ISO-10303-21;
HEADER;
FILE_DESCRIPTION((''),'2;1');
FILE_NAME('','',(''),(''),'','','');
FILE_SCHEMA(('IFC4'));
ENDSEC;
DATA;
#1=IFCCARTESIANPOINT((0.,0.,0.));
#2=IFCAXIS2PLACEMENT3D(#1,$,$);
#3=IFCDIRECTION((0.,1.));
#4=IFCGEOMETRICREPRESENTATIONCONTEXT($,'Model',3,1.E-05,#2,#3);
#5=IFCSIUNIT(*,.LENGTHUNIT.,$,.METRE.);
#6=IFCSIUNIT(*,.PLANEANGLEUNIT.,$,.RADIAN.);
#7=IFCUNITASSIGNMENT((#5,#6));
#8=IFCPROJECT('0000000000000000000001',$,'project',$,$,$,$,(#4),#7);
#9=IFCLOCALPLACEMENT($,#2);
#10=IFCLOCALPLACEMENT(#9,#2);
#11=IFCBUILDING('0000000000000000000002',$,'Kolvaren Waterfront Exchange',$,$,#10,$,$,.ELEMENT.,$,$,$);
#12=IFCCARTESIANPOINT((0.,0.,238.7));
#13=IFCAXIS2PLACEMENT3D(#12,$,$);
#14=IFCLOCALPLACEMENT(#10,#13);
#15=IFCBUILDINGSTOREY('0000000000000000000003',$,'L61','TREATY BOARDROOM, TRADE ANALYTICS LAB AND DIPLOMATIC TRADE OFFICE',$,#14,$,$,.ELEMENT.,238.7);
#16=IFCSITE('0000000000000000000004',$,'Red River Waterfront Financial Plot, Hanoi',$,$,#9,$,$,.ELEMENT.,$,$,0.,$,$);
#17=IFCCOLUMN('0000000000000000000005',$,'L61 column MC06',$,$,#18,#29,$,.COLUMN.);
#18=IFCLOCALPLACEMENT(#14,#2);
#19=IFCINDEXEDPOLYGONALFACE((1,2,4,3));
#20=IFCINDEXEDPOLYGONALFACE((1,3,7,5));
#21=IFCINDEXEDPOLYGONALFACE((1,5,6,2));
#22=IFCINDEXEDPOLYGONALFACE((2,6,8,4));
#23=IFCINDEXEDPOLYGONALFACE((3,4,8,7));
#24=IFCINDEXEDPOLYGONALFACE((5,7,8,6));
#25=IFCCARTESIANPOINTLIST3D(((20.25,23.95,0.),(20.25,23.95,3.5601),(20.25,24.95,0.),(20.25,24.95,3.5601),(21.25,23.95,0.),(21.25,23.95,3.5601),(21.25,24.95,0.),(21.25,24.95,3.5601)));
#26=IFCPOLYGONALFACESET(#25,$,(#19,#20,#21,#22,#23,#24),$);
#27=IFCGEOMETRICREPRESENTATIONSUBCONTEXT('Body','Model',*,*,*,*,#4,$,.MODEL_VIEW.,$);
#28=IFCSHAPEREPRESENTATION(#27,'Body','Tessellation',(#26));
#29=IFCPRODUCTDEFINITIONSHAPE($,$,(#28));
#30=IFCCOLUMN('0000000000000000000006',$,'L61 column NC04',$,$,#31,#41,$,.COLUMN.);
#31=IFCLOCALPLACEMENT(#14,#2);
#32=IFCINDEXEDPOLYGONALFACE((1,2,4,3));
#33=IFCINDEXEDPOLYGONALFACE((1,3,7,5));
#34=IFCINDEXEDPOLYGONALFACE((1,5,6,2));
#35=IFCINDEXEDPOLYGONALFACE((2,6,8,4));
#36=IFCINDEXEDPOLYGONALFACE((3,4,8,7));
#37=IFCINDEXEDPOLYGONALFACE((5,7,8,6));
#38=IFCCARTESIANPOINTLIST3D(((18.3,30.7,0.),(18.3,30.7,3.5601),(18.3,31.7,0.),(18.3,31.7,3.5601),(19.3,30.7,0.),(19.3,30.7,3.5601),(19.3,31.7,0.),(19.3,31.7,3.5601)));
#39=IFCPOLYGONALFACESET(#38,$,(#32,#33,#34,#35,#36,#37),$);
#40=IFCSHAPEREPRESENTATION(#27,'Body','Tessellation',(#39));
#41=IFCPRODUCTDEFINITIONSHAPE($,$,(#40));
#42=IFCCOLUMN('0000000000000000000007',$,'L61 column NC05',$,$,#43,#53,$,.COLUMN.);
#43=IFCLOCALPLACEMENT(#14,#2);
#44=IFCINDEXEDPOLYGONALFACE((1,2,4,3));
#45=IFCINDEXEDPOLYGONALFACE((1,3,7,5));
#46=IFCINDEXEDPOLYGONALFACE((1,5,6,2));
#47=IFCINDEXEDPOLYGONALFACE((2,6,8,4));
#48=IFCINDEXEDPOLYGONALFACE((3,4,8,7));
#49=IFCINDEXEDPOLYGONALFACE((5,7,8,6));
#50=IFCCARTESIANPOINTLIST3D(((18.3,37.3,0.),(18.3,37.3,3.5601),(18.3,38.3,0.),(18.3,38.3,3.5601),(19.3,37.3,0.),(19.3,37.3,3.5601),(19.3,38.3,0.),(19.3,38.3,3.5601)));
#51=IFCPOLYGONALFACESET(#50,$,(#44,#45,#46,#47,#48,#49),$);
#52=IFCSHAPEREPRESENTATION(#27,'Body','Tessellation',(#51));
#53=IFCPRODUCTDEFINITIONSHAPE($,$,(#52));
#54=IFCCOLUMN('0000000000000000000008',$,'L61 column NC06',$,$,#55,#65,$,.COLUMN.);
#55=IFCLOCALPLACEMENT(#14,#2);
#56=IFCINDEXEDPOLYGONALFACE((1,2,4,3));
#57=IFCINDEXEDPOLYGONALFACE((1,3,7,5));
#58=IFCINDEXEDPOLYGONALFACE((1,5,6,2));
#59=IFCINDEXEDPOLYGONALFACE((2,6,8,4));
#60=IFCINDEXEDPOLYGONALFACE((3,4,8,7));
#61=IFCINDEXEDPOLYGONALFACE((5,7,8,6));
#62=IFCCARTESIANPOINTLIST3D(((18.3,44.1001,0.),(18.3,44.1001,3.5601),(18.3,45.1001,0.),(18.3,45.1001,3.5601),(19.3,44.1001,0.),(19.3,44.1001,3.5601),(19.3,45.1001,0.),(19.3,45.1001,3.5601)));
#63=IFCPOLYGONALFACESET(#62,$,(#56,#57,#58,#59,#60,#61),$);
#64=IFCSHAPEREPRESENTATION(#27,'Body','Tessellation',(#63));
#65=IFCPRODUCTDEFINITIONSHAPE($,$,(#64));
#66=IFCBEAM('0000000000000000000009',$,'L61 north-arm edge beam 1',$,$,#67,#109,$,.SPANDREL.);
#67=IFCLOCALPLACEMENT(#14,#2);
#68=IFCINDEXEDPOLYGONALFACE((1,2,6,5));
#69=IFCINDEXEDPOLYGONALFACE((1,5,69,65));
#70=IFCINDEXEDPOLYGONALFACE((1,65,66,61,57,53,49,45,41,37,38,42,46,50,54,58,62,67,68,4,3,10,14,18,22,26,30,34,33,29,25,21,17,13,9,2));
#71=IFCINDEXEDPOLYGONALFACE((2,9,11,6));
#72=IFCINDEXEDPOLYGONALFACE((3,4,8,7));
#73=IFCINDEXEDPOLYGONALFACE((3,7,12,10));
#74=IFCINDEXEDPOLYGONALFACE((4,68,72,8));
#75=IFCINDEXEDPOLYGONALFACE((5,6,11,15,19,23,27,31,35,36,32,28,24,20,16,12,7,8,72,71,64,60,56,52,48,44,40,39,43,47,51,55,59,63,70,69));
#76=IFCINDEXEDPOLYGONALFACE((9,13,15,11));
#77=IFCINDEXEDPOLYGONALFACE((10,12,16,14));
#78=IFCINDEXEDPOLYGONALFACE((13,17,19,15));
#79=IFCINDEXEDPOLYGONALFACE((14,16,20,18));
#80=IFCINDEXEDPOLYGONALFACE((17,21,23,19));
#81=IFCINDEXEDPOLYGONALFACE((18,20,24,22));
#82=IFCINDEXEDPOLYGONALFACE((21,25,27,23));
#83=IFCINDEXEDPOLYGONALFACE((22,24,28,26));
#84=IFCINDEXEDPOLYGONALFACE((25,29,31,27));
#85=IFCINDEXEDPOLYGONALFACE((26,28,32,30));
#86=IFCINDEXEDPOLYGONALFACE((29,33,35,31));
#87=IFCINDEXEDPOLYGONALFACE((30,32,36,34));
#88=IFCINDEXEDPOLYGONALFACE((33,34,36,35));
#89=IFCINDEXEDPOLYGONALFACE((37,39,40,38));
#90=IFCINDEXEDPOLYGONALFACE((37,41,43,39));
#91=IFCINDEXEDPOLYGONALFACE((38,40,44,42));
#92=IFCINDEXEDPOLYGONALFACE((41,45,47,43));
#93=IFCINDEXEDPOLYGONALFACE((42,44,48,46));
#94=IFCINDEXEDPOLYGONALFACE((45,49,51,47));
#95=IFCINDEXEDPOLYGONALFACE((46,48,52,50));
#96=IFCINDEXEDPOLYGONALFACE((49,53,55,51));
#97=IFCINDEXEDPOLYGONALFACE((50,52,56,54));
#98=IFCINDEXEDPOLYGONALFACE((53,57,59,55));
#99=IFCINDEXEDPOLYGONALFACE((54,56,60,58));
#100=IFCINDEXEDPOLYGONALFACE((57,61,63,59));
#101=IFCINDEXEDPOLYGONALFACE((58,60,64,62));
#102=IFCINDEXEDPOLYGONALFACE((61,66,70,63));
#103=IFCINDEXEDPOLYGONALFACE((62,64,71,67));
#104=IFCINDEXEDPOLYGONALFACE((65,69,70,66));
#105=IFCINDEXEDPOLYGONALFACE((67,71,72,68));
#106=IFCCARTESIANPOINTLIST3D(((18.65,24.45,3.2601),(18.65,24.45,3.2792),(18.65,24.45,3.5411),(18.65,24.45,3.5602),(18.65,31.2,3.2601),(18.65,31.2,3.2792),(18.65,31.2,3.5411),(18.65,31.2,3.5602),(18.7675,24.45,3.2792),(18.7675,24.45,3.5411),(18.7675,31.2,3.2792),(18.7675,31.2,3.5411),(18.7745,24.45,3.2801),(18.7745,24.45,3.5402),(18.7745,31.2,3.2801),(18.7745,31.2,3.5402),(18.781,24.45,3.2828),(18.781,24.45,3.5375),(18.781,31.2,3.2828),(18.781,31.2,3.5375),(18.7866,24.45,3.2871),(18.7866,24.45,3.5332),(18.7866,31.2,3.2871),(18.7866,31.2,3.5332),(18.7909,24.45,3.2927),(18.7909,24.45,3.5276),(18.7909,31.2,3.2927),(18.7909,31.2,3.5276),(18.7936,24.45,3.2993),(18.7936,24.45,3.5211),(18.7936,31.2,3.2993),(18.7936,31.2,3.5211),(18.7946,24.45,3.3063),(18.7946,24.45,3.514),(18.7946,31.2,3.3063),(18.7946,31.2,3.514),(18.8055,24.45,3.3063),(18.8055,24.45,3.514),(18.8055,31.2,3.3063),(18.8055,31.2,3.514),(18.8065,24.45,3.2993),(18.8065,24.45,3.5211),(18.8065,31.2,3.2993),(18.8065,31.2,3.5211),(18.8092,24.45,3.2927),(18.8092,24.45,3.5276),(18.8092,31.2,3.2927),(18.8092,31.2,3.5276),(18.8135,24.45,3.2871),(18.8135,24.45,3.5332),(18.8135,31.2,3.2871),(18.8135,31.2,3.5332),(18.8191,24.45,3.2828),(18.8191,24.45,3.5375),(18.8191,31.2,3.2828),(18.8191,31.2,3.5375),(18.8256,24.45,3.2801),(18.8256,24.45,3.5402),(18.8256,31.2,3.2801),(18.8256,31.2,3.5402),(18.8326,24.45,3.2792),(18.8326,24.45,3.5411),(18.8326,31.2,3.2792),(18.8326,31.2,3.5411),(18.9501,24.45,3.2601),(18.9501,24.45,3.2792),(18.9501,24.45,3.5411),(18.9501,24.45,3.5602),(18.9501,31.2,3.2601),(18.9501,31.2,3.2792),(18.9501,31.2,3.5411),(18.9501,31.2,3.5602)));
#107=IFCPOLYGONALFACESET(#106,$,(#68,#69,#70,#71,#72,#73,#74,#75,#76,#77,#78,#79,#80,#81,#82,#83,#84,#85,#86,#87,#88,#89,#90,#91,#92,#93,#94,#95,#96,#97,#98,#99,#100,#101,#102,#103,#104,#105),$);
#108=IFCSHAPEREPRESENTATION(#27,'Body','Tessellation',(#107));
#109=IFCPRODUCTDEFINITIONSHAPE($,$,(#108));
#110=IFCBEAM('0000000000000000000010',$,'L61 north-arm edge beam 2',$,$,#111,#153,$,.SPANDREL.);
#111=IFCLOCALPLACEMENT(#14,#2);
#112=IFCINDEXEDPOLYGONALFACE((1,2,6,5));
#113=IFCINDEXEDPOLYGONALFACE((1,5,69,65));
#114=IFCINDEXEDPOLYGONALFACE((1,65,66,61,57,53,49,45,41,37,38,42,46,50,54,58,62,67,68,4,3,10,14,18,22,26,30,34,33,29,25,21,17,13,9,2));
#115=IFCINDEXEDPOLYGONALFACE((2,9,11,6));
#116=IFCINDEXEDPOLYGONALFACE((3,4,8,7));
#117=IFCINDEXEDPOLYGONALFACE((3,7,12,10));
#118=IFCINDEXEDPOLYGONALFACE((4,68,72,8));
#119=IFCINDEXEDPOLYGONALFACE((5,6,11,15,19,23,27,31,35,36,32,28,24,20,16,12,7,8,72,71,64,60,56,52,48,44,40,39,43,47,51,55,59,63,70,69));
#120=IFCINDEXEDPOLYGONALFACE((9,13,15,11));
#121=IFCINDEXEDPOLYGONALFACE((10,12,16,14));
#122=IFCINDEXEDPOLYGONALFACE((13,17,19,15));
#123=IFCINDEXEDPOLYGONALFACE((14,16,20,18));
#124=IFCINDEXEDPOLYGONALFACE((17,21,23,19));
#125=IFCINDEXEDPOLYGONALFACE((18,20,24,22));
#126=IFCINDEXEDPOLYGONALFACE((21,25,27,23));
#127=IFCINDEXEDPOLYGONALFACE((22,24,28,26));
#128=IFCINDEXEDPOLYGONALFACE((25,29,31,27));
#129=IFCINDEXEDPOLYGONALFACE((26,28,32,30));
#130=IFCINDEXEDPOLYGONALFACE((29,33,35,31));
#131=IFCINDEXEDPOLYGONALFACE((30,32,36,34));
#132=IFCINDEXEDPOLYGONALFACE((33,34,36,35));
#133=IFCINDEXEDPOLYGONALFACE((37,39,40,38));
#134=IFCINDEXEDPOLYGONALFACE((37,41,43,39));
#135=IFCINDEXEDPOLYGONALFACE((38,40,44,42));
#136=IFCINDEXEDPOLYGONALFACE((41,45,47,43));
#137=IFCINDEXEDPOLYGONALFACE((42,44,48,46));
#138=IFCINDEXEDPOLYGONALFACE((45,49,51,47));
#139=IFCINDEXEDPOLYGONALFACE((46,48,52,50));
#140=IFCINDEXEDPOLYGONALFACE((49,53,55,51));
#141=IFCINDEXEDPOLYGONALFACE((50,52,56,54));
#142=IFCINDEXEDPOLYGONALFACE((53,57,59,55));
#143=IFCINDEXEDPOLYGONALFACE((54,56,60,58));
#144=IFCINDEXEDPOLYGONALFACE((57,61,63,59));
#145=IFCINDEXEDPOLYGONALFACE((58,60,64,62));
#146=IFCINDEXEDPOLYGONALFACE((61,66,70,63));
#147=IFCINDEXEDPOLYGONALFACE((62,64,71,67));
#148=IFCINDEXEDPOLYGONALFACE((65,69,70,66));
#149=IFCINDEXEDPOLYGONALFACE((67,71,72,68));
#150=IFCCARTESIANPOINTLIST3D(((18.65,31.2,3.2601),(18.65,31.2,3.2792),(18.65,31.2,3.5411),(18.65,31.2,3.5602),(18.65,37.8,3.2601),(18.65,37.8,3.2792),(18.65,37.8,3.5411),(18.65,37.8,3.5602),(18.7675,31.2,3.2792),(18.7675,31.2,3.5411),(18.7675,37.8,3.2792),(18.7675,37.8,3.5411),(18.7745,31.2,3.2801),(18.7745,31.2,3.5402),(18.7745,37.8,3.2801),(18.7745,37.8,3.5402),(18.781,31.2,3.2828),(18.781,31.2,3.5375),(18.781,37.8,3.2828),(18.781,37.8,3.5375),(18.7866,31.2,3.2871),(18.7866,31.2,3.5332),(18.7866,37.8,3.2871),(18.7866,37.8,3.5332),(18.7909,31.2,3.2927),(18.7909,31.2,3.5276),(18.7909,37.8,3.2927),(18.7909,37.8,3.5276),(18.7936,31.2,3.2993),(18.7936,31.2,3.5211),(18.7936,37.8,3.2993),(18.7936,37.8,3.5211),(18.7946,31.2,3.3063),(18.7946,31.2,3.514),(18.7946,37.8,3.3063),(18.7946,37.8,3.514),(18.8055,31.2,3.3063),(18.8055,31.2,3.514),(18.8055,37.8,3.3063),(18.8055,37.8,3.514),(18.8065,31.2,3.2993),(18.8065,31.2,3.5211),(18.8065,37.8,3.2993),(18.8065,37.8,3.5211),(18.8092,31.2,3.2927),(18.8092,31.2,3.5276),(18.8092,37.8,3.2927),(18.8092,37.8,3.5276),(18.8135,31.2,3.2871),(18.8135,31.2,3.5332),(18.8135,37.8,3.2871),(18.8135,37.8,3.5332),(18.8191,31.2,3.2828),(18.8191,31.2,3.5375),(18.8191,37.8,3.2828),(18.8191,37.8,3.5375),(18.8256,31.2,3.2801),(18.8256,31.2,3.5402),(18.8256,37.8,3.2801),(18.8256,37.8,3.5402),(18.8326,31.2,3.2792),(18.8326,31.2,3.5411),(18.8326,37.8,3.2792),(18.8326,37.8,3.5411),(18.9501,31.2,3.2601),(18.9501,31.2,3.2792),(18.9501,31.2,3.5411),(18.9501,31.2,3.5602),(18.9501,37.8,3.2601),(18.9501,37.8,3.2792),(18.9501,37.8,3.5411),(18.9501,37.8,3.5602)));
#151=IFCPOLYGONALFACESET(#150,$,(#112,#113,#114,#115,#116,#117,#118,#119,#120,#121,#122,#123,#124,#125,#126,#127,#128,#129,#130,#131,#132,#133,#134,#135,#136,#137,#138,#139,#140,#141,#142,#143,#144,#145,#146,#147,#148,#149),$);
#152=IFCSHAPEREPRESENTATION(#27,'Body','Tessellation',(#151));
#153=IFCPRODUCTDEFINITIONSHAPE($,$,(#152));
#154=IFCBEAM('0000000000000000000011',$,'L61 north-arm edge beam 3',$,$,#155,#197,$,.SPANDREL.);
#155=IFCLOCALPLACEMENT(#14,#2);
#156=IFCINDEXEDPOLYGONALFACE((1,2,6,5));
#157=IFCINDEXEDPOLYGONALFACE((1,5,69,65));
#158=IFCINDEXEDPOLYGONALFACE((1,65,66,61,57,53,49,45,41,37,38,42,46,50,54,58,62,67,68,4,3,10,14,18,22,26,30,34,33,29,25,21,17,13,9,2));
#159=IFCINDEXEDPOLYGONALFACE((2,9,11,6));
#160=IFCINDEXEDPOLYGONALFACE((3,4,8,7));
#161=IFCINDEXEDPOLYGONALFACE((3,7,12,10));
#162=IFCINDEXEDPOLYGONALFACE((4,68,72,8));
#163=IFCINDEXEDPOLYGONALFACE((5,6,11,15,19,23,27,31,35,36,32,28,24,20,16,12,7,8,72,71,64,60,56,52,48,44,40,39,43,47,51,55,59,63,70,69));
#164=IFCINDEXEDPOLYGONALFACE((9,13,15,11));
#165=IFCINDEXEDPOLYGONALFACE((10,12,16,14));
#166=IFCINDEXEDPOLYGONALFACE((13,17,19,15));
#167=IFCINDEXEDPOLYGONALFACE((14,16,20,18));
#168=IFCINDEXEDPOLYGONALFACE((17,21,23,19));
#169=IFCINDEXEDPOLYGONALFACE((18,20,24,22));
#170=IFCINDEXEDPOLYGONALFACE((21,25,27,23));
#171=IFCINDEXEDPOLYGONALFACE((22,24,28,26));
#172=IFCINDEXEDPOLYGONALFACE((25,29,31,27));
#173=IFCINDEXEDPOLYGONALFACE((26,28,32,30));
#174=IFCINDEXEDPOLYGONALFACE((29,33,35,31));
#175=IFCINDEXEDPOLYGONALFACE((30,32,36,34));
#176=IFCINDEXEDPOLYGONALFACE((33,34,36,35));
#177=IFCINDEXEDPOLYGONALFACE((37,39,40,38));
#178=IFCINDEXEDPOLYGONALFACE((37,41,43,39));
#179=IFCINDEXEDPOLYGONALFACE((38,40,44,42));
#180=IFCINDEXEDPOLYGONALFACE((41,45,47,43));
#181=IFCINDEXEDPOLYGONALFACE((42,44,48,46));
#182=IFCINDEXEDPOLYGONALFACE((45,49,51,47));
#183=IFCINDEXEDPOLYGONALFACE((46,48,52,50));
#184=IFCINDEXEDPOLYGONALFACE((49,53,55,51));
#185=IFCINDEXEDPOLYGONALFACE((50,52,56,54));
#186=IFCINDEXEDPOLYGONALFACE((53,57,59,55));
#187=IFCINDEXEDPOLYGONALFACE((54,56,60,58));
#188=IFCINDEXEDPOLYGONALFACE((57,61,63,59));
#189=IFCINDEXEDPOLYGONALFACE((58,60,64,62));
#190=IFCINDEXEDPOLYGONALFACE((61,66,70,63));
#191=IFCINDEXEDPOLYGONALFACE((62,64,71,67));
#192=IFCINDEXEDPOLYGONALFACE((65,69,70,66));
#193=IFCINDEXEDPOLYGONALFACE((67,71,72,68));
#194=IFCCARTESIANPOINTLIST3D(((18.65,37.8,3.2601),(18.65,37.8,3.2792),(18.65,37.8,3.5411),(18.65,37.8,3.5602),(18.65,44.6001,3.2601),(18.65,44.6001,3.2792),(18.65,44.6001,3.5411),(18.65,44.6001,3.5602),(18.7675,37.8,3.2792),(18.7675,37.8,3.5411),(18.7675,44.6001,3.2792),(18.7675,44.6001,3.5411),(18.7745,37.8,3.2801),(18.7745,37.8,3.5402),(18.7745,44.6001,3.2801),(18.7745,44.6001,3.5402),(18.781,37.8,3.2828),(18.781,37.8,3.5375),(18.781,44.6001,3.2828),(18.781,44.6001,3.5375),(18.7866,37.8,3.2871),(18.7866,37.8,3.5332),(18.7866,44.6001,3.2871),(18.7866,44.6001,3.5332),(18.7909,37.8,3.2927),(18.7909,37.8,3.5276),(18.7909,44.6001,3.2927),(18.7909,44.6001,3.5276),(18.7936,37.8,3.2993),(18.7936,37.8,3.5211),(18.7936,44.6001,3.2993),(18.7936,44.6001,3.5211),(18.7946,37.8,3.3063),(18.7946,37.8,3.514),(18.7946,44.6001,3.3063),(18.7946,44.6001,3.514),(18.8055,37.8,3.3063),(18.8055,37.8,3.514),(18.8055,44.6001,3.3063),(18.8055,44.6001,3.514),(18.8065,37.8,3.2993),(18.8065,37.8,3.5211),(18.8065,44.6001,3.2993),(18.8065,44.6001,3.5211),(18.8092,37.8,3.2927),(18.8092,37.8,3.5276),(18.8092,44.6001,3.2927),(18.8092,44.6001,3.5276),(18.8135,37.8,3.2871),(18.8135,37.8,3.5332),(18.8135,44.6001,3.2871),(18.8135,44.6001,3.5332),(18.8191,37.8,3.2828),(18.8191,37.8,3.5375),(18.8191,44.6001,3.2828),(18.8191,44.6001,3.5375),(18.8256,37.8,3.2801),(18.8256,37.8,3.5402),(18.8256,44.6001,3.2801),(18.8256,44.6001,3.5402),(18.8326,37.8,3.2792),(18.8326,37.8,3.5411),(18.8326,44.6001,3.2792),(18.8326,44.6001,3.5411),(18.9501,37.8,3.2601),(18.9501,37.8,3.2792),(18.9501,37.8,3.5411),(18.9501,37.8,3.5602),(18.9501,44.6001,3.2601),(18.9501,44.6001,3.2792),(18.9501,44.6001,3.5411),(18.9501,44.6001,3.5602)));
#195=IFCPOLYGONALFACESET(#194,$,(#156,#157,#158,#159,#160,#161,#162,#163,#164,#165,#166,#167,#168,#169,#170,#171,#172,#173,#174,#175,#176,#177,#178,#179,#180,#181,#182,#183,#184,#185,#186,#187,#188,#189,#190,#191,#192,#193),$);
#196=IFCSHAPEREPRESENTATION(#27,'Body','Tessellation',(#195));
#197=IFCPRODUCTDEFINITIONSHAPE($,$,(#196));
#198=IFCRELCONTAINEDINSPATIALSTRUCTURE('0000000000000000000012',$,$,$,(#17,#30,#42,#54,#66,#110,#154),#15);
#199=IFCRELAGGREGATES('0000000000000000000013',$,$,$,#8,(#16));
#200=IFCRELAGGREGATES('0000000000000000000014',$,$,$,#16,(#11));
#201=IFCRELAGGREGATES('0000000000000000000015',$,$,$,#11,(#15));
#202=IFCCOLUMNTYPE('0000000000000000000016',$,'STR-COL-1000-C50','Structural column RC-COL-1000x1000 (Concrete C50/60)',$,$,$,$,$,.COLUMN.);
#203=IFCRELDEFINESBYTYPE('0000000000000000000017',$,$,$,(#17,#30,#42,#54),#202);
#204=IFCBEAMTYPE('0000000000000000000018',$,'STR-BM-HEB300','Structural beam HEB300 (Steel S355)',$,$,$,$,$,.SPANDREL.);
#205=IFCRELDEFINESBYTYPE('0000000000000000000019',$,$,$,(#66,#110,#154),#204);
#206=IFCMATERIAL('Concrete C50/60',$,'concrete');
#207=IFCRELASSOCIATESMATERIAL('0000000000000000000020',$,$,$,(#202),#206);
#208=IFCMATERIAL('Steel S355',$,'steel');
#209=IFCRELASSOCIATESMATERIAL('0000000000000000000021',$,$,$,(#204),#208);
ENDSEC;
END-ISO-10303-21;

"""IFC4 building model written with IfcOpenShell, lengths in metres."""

from ifc_helpers import new_model, si_unit, direction, frame, origin, origin_2d, place, context, subcontext, project, spatial, rectangle, i_section, extrude, material, material_profile, profile_set, type_object, element, save


model = new_model("IFC4")

# Units and contexts
model_context = context("Model", 3, precision=1e-05, world=origin(), true_north=direction((0.0, 1.0)))
body_context = subcontext(model_context, "Body", "Model", "MODEL_VIEW")
ifc_project = project(units=[si_unit("LENGTHUNIT", "METRE"), si_unit("PLANEANGLEUNIT", "RADIAN")], contexts=[model_context])

# Site, building, storey
site_placement = place(None, origin())
site = spatial("IfcSite", under=ifc_project, at=site_placement, Name="Red River Waterfront Financial Plot, Hanoi", CompositionType="ELEMENT", RefElevation=0.0)
building_placement = place(site_placement, origin())
building = spatial("IfcBuilding", under=site, at=building_placement, Name="Kolvaren Waterfront Exchange", CompositionType="ELEMENT")
storey_placement = place(building_placement, frame((0.0, 0.0, 238.7)))
storey = spatial("IfcBuildingStorey", under=building, at=storey_placement, Name="L61", Description="TREATY BOARDROOM, TRADE ANALYTICS LAB AND DIPLOMATIC TRADE OFFICE", CompositionType="ELEMENT", Elevation=238.7)

# Columns
ifc_material_1 = material(Name="Concrete C50/60", Category="concrete")
ifc_material_profile_1 = material_profile(ifc_material_1, rectangle(XDim=1.0, YDim=1.0, at=origin_2d()), Name="RC-COL-1000x1000")
ifc_profile_set_1 = profile_set([ifc_material_profile_1], Name="Concrete C50/60")
column_type = type_object("IfcColumnType", Name="STR-COL-1000-C50", Description="Structural column RC-COL-1000x1000 (Concrete C50/60)", PredefinedType="COLUMN", material=ifc_profile_set_1)
for number, where, z_axis, x_axis, name in (
    (1, (20.75, 24.45, 0.0), (0.0, 0.0, 1.0), (1.0, 0.0, 0.0), "L61 column MC06"),
    (2, (18.8, 31.2, 0.0), (0.0, 0.0, 1.0), (1.0, 0.0, 0.0), "L61 column NC04"),
    (3, (18.8, 37.8, 0.0), (0.0, 0.0, 1.0), (1.0, 0.0, 0.0), "L61 column NC05"),
    (4, (18.8, 44.6001, 0.0), (0.0, 0.0, 1.0), (1.0, 0.0, 0.0), "L61 column NC06"),
):
    element("IfcColumn", number, at=place(storey_placement, frame(where, z_axis=z_axis, x_axis=x_axis)), inside=storey, type_object=column_type, Name=name, PredefinedType="COLUMN", context=body_context, shape_type="SweptSolid", body=[
        extrude(rectangle(XDim=1.0, YDim=1.0, at=origin_2d()), origin(), (0.0, 0.0, 1.0), 3.5601),
    ])

# Beams
ifc_material_2 = material(Name="Steel S355", Category="steel")
ifc_material_profile_2 = material_profile(ifc_material_2, i_section(OverallWidth=0.3, OverallDepth=0.3, WebThickness=0.011, FlangeThickness=0.019, FilletRadius=0.0271, at=origin_2d()), Name="HEB300")
ifc_profile_set_2 = profile_set([ifc_material_profile_2], Name="Steel S355")
beam_type = type_object("IfcBeamType", Name="STR-BM-HEB300", Description="Structural beam HEB300 (Steel S355)", PredefinedType="SPANDREL", material=ifc_profile_set_2)
beam_1_placement = place(storey_placement, frame((18.8, 24.45, 3.4102), z_axis=(0.0, 1.0, 0.0), x_axis=(-1.0, 0.0, 0.0)))
element("IfcBeam", 5, at=beam_1_placement, inside=storey, type_object=beam_type, Name="L61 north-arm edge beam 1", PredefinedType="SPANDREL", context=body_context, shape_type="SweptSolid", body=[
    extrude(i_section(OverallWidth=0.3, OverallDepth=0.3, WebThickness=0.011, FlangeThickness=0.019, FilletRadius=0.0271, at=origin_2d()), origin(), (0.0, 0.0, 1.0), 6.75),
])
beam_2_placement = place(storey_placement, frame((18.8, 31.2, 3.4102), z_axis=(0.0, 1.0, 0.0), x_axis=(-1.0, 0.0, 0.0)))
element("IfcBeam", 6, at=beam_2_placement, inside=storey, type_object=beam_type, Name="L61 north-arm edge beam 2", PredefinedType="SPANDREL", context=body_context, shape_type="SweptSolid", body=[
    extrude(i_section(OverallWidth=0.3, OverallDepth=0.3, WebThickness=0.011, FlangeThickness=0.019, FilletRadius=0.0271, at=origin_2d()), origin(), (0.0, 0.0, 1.0), 6.6001),
])
beam_3_placement = place(storey_placement, frame((18.8, 37.8, 3.4102), z_axis=(0.0, 1.0, 0.0), x_axis=(-1.0, 0.0, 0.0)))
element("IfcBeam", 7, at=beam_3_placement, inside=storey, type_object=beam_type, Name="L61 north-arm edge beam 3", PredefinedType="SPANDREL", context=body_context, shape_type="SweptSolid", body=[
    extrude(i_section(OverallWidth=0.3, OverallDepth=0.3, WebThickness=0.011, FlangeThickness=0.019, FilletRadius=0.0271, at=origin_2d()), origin(), (0.0, 0.0, 1.0), 6.8),
])

save(model, "model.ifc")
